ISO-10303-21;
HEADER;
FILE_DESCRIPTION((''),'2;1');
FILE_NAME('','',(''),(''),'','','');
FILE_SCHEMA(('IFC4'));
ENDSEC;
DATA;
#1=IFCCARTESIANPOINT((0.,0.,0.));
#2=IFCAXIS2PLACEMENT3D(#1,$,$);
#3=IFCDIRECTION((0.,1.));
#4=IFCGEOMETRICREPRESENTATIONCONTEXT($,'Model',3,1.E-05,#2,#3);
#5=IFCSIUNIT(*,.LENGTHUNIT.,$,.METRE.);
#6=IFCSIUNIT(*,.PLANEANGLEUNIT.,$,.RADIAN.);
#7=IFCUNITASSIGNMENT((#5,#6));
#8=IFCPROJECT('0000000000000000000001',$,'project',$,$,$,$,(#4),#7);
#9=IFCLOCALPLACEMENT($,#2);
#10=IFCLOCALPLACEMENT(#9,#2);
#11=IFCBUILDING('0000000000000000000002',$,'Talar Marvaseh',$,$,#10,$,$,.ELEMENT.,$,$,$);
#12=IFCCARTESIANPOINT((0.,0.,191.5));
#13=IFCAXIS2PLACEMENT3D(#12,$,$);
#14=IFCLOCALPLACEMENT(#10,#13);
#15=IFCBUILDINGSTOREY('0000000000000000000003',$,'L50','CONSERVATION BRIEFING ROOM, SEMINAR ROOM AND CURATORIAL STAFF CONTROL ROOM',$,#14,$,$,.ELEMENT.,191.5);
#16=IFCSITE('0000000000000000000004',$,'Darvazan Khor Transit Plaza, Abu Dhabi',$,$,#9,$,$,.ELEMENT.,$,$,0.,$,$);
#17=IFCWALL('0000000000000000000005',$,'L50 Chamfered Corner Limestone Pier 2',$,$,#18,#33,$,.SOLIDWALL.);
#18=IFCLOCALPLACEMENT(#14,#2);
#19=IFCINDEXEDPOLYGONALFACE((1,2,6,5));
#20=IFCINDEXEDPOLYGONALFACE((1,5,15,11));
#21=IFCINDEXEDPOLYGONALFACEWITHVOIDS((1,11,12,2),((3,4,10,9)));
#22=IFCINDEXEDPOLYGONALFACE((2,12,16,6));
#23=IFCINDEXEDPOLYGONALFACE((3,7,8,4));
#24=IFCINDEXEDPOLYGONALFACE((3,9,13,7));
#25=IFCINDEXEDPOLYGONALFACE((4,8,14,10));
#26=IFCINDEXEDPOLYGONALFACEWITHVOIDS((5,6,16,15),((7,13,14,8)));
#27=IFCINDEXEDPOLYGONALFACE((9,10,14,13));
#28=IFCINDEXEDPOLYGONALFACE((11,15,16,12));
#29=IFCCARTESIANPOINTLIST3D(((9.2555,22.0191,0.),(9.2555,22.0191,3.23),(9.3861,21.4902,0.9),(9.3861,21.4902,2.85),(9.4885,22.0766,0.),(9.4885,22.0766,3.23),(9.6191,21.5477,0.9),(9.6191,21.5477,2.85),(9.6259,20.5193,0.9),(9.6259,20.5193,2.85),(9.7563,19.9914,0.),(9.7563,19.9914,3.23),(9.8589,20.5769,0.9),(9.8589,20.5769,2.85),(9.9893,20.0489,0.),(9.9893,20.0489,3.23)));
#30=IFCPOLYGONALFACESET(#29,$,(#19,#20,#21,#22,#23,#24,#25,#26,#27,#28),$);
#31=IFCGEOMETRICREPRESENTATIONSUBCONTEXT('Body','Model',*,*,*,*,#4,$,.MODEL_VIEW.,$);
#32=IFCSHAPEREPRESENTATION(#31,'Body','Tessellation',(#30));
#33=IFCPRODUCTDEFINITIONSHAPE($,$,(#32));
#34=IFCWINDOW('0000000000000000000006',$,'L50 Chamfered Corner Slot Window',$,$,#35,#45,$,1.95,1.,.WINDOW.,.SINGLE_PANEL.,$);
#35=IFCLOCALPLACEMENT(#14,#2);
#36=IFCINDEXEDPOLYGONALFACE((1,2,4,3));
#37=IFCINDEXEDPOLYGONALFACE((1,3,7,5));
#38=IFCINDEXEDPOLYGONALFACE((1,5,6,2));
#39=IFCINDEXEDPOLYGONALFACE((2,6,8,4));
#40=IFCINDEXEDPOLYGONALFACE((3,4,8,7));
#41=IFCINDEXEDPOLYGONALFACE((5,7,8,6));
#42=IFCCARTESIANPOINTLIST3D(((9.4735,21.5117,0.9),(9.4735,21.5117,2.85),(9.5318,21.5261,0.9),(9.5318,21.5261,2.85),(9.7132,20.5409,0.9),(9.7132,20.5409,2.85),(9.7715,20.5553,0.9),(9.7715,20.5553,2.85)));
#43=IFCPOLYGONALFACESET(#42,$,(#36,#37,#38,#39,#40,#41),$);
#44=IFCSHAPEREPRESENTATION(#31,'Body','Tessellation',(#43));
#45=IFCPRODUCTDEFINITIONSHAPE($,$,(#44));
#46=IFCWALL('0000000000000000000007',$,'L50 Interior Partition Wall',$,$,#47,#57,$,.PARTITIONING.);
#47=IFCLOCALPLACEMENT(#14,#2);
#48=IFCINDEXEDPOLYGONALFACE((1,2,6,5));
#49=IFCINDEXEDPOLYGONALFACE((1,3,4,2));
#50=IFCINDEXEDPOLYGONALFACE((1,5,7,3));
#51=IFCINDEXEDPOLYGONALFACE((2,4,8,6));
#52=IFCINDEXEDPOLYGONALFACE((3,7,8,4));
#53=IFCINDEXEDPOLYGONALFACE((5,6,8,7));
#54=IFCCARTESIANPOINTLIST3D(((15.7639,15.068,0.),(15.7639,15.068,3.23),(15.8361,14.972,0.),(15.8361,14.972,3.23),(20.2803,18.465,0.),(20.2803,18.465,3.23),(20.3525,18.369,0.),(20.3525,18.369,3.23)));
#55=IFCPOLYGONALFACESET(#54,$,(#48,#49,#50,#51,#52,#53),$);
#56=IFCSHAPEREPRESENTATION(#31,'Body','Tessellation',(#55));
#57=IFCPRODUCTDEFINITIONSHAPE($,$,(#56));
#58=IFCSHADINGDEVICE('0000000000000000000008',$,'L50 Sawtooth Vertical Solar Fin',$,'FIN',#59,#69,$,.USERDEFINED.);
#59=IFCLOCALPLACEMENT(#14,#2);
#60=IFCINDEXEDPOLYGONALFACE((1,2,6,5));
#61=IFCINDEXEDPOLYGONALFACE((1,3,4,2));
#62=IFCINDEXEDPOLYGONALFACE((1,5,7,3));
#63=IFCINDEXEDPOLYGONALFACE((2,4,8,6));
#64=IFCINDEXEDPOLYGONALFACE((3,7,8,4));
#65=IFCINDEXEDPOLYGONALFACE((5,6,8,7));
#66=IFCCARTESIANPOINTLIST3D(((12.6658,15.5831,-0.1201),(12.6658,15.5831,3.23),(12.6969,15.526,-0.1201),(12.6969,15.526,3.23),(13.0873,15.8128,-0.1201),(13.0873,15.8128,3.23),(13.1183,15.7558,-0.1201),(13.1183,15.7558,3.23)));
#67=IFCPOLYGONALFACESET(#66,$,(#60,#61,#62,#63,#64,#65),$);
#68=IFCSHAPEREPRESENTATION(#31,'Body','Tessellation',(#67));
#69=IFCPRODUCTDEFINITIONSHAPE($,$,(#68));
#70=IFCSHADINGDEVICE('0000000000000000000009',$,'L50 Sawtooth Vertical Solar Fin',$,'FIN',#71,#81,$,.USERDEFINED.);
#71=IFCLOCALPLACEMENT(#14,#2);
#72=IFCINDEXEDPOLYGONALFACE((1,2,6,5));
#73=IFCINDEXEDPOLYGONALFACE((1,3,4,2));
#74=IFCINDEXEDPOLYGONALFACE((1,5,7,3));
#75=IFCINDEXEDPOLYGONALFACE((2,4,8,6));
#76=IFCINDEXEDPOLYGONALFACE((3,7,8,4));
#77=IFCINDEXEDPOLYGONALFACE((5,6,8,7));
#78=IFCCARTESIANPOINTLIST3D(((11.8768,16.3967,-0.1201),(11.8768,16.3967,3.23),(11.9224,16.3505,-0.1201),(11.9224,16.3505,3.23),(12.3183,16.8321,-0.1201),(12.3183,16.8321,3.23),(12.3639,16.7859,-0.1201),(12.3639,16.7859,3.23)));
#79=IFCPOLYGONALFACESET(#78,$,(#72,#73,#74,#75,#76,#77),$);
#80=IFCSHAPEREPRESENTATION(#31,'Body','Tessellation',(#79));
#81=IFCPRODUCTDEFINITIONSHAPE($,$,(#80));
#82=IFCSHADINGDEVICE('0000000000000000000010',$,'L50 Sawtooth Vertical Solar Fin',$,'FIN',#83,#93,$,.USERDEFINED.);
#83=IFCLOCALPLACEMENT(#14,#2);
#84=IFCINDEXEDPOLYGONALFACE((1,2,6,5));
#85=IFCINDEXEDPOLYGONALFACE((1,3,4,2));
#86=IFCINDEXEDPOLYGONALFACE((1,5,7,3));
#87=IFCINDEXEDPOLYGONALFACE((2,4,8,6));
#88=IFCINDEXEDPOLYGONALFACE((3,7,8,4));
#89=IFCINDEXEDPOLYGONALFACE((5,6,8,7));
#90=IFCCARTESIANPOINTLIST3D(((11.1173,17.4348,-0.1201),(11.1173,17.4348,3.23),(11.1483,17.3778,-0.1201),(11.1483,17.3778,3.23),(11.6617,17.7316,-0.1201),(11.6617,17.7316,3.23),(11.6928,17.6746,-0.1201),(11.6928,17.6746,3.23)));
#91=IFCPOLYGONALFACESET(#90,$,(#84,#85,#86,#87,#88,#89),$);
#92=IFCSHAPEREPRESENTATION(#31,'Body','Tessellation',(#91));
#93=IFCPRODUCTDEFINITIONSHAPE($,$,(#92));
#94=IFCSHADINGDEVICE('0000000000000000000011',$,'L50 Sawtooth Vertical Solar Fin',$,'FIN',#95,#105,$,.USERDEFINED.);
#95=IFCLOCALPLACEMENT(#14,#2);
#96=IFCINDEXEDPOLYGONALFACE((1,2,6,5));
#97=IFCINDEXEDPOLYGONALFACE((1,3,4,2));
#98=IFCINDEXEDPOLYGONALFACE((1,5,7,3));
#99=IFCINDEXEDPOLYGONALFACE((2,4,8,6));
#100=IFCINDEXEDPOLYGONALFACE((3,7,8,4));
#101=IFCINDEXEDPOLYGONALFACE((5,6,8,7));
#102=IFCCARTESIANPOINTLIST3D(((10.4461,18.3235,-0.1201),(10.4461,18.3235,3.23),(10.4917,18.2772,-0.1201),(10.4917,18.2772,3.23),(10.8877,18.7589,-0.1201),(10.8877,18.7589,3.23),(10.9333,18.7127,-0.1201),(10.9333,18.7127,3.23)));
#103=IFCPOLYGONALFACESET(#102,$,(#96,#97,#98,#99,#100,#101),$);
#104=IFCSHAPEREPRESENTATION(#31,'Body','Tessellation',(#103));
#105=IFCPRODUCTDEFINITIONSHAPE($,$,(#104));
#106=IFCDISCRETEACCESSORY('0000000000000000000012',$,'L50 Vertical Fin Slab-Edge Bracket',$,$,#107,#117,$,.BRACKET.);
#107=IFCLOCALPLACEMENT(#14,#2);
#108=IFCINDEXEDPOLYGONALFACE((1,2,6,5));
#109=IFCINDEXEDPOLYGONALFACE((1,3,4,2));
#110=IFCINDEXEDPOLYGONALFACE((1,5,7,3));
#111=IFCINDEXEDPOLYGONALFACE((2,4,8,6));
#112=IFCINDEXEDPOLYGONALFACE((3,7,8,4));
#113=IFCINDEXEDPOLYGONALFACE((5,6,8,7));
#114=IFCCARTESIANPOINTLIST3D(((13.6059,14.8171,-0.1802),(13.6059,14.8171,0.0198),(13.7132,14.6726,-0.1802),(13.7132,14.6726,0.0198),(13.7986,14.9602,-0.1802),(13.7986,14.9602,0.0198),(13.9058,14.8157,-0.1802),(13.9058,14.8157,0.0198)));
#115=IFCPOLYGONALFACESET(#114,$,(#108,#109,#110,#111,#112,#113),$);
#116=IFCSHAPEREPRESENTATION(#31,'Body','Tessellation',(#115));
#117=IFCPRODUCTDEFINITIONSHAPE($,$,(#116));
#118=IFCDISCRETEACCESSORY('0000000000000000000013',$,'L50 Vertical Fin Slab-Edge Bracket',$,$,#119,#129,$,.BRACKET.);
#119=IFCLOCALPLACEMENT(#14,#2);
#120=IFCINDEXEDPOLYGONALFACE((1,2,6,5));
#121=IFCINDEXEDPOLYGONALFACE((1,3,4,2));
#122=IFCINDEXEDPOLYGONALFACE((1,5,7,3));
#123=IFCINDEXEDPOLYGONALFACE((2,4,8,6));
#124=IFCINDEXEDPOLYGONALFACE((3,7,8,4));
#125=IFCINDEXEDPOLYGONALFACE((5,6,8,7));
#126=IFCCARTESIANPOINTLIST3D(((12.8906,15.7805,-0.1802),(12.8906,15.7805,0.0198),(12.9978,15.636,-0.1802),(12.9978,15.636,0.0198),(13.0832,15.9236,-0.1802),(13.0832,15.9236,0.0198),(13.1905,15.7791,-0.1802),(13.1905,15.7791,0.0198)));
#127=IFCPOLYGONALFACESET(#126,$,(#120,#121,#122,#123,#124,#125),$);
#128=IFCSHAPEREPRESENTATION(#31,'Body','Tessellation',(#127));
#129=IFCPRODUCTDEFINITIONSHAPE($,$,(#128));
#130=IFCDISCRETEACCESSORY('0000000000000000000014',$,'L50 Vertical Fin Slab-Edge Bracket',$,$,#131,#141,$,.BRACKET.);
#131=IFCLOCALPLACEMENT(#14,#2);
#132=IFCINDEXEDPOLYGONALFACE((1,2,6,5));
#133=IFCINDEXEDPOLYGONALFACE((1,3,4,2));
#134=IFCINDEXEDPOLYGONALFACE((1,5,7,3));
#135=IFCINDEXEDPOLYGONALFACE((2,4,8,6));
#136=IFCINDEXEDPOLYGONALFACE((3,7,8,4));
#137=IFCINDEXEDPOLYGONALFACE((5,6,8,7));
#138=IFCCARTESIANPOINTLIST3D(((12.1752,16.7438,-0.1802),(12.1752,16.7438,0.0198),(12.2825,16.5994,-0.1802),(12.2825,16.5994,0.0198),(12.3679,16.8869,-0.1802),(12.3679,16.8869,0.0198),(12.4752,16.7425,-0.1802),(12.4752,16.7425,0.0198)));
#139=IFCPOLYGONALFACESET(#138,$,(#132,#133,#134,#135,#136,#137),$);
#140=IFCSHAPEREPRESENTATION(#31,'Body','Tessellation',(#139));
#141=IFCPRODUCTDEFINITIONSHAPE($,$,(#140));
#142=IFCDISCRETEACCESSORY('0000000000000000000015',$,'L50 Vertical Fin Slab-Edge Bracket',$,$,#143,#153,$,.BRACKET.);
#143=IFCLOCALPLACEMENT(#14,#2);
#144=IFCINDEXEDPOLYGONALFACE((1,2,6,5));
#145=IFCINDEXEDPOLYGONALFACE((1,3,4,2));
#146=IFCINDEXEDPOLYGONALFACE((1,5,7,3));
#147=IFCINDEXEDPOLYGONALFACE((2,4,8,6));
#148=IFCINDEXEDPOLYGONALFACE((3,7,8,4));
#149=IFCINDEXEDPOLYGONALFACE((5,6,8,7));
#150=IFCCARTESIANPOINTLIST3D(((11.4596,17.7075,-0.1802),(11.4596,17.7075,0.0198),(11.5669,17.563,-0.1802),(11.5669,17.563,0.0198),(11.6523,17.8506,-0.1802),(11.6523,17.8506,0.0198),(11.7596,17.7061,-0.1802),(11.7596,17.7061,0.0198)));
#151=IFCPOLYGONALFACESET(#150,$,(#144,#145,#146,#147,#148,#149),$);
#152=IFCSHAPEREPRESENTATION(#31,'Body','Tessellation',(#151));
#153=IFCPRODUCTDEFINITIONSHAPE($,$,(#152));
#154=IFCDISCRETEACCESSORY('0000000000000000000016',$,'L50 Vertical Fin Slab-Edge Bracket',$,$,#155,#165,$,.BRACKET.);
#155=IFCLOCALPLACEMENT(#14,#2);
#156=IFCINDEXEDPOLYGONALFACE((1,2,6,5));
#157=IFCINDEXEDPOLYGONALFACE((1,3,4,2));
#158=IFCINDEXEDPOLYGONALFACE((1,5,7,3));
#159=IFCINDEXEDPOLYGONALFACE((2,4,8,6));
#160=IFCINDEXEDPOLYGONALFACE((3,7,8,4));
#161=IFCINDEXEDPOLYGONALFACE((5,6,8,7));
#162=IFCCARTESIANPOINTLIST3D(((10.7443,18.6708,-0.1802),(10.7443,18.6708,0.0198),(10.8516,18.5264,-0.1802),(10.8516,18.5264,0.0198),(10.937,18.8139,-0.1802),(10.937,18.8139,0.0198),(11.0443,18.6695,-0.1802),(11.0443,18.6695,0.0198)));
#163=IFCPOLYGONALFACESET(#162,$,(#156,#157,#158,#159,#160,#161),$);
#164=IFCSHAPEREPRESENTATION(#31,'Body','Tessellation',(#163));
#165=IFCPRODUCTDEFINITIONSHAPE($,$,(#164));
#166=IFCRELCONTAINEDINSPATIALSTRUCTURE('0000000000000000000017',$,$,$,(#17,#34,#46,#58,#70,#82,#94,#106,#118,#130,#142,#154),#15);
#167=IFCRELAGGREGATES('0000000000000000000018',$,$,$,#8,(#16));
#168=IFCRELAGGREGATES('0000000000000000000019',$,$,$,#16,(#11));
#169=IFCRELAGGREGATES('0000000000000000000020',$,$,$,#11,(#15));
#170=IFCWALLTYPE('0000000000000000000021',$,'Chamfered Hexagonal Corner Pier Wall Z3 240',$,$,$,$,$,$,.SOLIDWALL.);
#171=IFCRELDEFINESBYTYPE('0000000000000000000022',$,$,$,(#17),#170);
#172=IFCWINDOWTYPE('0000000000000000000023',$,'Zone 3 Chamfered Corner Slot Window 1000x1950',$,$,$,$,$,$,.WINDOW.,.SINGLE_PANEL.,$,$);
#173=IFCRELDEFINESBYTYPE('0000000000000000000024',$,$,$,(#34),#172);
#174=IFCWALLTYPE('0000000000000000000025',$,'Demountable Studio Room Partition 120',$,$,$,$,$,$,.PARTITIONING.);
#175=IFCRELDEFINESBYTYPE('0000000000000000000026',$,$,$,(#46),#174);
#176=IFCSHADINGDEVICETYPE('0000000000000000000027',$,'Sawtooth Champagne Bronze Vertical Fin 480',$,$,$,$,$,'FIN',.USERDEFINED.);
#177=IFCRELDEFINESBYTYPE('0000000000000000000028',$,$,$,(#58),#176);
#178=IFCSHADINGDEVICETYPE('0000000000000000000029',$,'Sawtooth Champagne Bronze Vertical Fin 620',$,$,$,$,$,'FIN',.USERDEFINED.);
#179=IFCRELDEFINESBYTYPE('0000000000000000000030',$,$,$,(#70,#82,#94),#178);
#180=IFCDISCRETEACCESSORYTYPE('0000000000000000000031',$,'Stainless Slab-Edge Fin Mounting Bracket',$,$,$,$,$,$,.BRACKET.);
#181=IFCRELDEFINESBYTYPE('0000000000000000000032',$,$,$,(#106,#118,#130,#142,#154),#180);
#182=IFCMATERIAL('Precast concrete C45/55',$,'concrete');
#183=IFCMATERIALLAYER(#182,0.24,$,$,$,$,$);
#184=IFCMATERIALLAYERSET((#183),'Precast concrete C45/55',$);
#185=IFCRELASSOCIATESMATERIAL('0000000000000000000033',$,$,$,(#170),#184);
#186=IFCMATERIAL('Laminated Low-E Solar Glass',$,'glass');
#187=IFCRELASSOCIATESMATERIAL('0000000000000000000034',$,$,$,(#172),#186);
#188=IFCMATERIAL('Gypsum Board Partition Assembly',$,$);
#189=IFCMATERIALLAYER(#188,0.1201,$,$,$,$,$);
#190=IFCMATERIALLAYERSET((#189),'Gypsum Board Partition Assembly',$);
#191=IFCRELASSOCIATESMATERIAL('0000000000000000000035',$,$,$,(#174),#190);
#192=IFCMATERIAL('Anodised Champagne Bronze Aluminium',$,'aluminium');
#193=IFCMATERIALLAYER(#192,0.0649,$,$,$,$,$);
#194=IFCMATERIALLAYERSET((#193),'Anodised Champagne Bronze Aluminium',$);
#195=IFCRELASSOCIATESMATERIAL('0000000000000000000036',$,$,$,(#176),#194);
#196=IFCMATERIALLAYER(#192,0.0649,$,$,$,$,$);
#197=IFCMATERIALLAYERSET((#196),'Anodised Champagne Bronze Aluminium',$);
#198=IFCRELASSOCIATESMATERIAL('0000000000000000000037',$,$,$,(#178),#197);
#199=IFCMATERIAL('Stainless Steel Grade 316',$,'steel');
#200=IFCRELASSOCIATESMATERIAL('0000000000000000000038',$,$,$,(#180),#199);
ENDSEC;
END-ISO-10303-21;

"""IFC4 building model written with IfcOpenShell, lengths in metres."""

from ifc_helpers import new_model, si_unit, direction, frame, frame_2d, origin, origin_2d, place, context, subcontext, project, spatial, rectangle, extrude, source, transform, mapped, material, layer, layer_set, type_object, type_shapes, element, fill, save


model = new_model("IFC4")

# Units and contexts
model_context = context("Model", 3, precision=1e-05, world=origin(), true_north=direction((0.0, 1.0)))
body_context = subcontext(model_context, "Body", "Model", "MODEL_VIEW")
ifc_project = project(units=[si_unit("LENGTHUNIT", "METRE"), si_unit("PLANEANGLEUNIT", "RADIAN")], contexts=[model_context])

# Site, building, storey
site_placement = place(None, origin())
site = spatial("IfcSite", under=ifc_project, at=site_placement, Name="Darvazan Khor Transit Plaza, Abu Dhabi", CompositionType="ELEMENT", RefElevation=0.0)
building_placement = place(site_placement, origin())
building = spatial("IfcBuilding", under=site, at=building_placement, Name="Talar Marvaseh", CompositionType="ELEMENT")
storey_placement = place(building_placement, frame((0.0, 0.0, 191.5)))
storey = spatial("IfcBuildingStorey", under=building, at=storey_placement, Name="L50", Description="CONSERVATION BRIEFING ROOM, SEMINAR ROOM AND CURATORIAL STAFF CONTROL ROOM", CompositionType="ELEMENT", Elevation=191.5)

# Shared definitions
ifc_material_1 = material(Name="Laminated Low-E Solar Glass", Category="glass")

# Wall, opening, window
ifc_material_2 = material(Name="Precast concrete C45/55", Category="concrete")
ifc_layer_1 = layer(ifc_material_2, 0.24)
ifc_layer_set_1 = layer_set([ifc_layer_1], Name="Precast concrete C45/55")
wall_type_1 = type_object("IfcWallType", Name="Chamfered Hexagonal Corner Pier Wall Z3 240", PredefinedType="SOLIDWALL", material=ifc_layer_set_1)
wall_1_placement = place(storey_placement, frame((9.8728, 20.02, 0.0), z_axis=(0.0, 0.0, 1.0), x_axis=(-0.239757, 0.970833, 0.0)))
wall_1 = element("IfcWall", 1, at=wall_1_placement, inside=storey, type_object=wall_type_1, Name="L50 Chamfered Corner Limestone Pier 2", PredefinedType="SOLIDWALL", context=body_context, shape_type="SweptSolid", body=[
    extrude(rectangle(XDim=2.0886, YDim=0.24, at=frame_2d((1.0444, 0.0))), origin(), (0.0, 0.0, 1.0), 3.23),
])
opening_1_placement = place(wall_1_placement, frame((0.5439, 0.0, 0.8999)))
opening_1 = element("IfcOpeningElement", 2, at=opening_1_placement, cuts=wall_1, PredefinedType="OPENING", context=body_context, shape_type="SweptSolid", body=[
    extrude(rectangle(XDim=1.0, YDim=1.95, at=frame_2d((0.5, 0.9751))), frame((0.0, 0.1299, 0.0), z_axis=(0.0, -1.0, 0.0), x_axis=(1.0, 0.0, 0.0)), (0.0, 0.0, 1.0), 0.26),
])
window_type = type_object("IfcWindowType", Name="Zone 3 Chamfered Corner Slot Window 1000x1950", PartitioningType="SINGLE_PANEL", PredefinedType="WINDOW", material=ifc_material_1)
shared_shape_1 = source(origin(), body_context, "Body", "SweptSolid", [
    extrude(rectangle(XDim=1.0, YDim=1.95, at=frame_2d((0.5, 0.9751))), frame((0.0, 0.03, 0.0), z_axis=(0.0, -1.0, 0.0), x_axis=(1.0, 0.0, 0.0)), (0.0, 0.0, 1.0), 0.0601),
])
type_shapes(window_type, [shared_shape_1])
window_placement = place(opening_1_placement, origin())
window = element("IfcWindow", 3, at=window_placement, inside=storey, type_object=window_type, Name="L50 Chamfered Corner Slot Window", OverallHeight=1.95, OverallWidth=1.0, PartitioningType="SINGLE_PANEL", PredefinedType="WINDOW", context=body_context, shape_type="MappedRepresentation", body=[
    mapped(shared_shape_1, transform((0.0, 0.0, 0.0), x_axis=(1.0, 0.0, 0.0), y_axis=(0.0, 1.0, 0.0), z_axis=(0.0, 0.0, 1.0), scale=1.0)),
])
fill(opening_1, window)

# Shared definitions
ifc_material_3 = material(Name="Gypsum Board Partition Assembly")

# Wall
ifc_layer_2 = layer(ifc_material_3, 0.1201)
ifc_layer_set_2 = layer_set([ifc_layer_2], Name="Gypsum Board Partition Assembly")
wall_type_2 = type_object("IfcWallType", Name="Demountable Studio Room Partition 120", PredefinedType="PARTITIONING", material=ifc_layer_set_2)
wall_2_placement = place(storey_placement, frame((20.3164, 18.417, 0.0), z_axis=(0.0, 0.0, 1.0), x_axis=(-0.799175, -0.601098, 0.0)))
element("IfcWall", 4, at=wall_2_placement, inside=storey, type_object=wall_type_2, Name="L50 Interior Partition Wall", PredefinedType="PARTITIONING", context=body_context, shape_type="SweptSolid", body=[
    extrude(rectangle(XDim=5.6514, YDim=0.1201, at=frame_2d((2.8257, 0.0))), origin(), (0.0, 0.0, 1.0), 3.23),
])

# Shading devices
ifc_material_4 = material(Name="Anodised Champagne Bronze Aluminium", Category="aluminium")
ifc_layer_3 = layer(ifc_material_4, 0.0649)
ifc_layer_set_3 = layer_set([ifc_layer_3], Name="Anodised Champagne Bronze Aluminium")
shading_device_type_1 = type_object("IfcShadingDeviceType", Name="Sawtooth Champagne Bronze Vertical Fin 480", ElementType="FIN", PredefinedType="USERDEFINED", material=ifc_layer_set_3)
shared_shape_2 = source(origin(), body_context, "Body", "SweptSolid", [
    extrude(rectangle(XDim=0.48, YDim=0.0649, at=origin_2d()), origin(), (0.0, 0.0, 1.0), 3.3501),
])
type_shapes(shading_device_type_1, [shared_shape_2])
shading_device_placement = place(storey_placement, frame((12.8921, 15.6694, -0.1201), z_axis=(0.0, 0.0, 1.0), x_axis=(-0.877983, -0.478692, 0.0)))
element("IfcShadingDevice", 5, at=shading_device_placement, inside=storey, type_object=shading_device_type_1, Name="L50 Sawtooth Vertical Solar Fin", ObjectType="FIN", PredefinedType="USERDEFINED", context=body_context, shape_type="MappedRepresentation", body=[
    mapped(shared_shape_2, transform((0.0, 0.0, 0.0), x_axis=(1.0, 0.0, 0.0), y_axis=(0.0, 1.0, 0.0), z_axis=(0.0, 0.0, 1.0), scale=1.0)),
])
ifc_layer_4 = layer(ifc_material_4, 0.0649)
ifc_layer_set_4 = layer_set([ifc_layer_4], Name="Anodised Champagne Bronze Aluminium")
shading_device_type_2 = type_object("IfcShadingDeviceType", Name="Sawtooth Champagne Bronze Vertical Fin 620", ElementType="FIN", PredefinedType="USERDEFINED", material=ifc_layer_set_4)
shared_shape_3 = source(origin(), body_context, "Body", "SweptSolid", [
    extrude(rectangle(XDim=0.6201, YDim=0.0649, at=origin_2d()), origin(), (0.0, 0.0, 1.0), 3.3501),
])
type_shapes(shading_device_type_2, [shared_shape_3])
for number, where, z_axis, x_axis, name in (
    (6, (12.1204, 16.5913, -0.1201), (0.0, 0.0, 1.0), (-0.712026, -0.702153, 0.0), "L50 Sawtooth Vertical Solar Fin"),
    (7, (11.405, 17.5547, -0.1201), (0.0, 0.0, 1.0), (-0.877983, -0.478692, 0.0), "L50 Sawtooth Vertical Solar Fin"),
    (8, (10.6897, 18.5181, -0.1201), (0.0, 0.0, 1.0), (-0.712026, -0.702153, 0.0), "L50 Sawtooth Vertical Solar Fin"),
):
    element("IfcShadingDevice", number, at=place(storey_placement, frame(where, z_axis=z_axis, x_axis=x_axis)), inside=storey, type_object=shading_device_type_2, Name=name, ObjectType="FIN", PredefinedType="USERDEFINED", context=body_context, shape_type="MappedRepresentation", body=[
        mapped(shared_shape_3, transform((0.0, 0.0, 0.0), x_axis=(1.0, 0.0, 0.0), y_axis=(0.0, 1.0, 0.0), z_axis=(0.0, 0.0, 1.0), scale=1.0)),
    ])

# Discrete accessories
ifc_material_5 = material(Name="Stainless Steel Grade 316", Category="steel")
discrete_accessory_type = type_object("IfcDiscreteAccessoryType", Name="Stainless Slab-Edge Fin Mounting Bracket", PredefinedType="BRACKET", material=ifc_material_5)
shared_shape_4 = source(origin(), body_context, "Body", "SweptSolid", [
    extrude(rectangle(XDim=0.24, YDim=0.1799, at=origin_2d()), origin(), (0.0, 0.0, 1.0), 0.2),
])
type_shapes(discrete_accessory_type, [shared_shape_4])
for number, where, z_axis, x_axis, name in (
    (9, (13.7559, 14.8164, -0.1802), (0.0, 0.0, 1.0), (-0.802817, -0.596225, 0.0), "L50 Vertical Fin Slab-Edge Bracket"),
    (10, (13.0405, 15.7798, -0.1802), (0.0, 0.0, 1.0), (-0.802817, -0.596225, 0.0), "L50 Vertical Fin Slab-Edge Bracket"),
    (11, (12.3252, 16.7432, -0.1802), (0.0, 0.0, 1.0), (-0.802817, -0.596225, 0.0), "L50 Vertical Fin Slab-Edge Bracket"),
    (12, (11.6096, 17.7068, -0.1802), (0.0, 0.0, 1.0), (-0.802817, -0.596225, 0.0), "L50 Vertical Fin Slab-Edge Bracket"),
    (13, (10.8943, 18.6702, -0.1802), (0.0, 0.0, 1.0), (-0.802817, -0.596225, 0.0), "L50 Vertical Fin Slab-Edge Bracket"),
):
    element("IfcDiscreteAccessory", number, at=place(storey_placement, frame(where, z_axis=z_axis, x_axis=x_axis)), inside=storey, type_object=discrete_accessory_type, Name=name, PredefinedType="BRACKET", context=body_context, shape_type="MappedRepresentation", body=[
        mapped(shared_shape_4, transform((0.0, 0.0, 0.0), x_axis=(1.0, 0.0, 0.0), y_axis=(0.0, 1.0, 0.0), z_axis=(0.0, 0.0, 1.0), scale=1.0)),
    ])

save(model, "model.ifc")
